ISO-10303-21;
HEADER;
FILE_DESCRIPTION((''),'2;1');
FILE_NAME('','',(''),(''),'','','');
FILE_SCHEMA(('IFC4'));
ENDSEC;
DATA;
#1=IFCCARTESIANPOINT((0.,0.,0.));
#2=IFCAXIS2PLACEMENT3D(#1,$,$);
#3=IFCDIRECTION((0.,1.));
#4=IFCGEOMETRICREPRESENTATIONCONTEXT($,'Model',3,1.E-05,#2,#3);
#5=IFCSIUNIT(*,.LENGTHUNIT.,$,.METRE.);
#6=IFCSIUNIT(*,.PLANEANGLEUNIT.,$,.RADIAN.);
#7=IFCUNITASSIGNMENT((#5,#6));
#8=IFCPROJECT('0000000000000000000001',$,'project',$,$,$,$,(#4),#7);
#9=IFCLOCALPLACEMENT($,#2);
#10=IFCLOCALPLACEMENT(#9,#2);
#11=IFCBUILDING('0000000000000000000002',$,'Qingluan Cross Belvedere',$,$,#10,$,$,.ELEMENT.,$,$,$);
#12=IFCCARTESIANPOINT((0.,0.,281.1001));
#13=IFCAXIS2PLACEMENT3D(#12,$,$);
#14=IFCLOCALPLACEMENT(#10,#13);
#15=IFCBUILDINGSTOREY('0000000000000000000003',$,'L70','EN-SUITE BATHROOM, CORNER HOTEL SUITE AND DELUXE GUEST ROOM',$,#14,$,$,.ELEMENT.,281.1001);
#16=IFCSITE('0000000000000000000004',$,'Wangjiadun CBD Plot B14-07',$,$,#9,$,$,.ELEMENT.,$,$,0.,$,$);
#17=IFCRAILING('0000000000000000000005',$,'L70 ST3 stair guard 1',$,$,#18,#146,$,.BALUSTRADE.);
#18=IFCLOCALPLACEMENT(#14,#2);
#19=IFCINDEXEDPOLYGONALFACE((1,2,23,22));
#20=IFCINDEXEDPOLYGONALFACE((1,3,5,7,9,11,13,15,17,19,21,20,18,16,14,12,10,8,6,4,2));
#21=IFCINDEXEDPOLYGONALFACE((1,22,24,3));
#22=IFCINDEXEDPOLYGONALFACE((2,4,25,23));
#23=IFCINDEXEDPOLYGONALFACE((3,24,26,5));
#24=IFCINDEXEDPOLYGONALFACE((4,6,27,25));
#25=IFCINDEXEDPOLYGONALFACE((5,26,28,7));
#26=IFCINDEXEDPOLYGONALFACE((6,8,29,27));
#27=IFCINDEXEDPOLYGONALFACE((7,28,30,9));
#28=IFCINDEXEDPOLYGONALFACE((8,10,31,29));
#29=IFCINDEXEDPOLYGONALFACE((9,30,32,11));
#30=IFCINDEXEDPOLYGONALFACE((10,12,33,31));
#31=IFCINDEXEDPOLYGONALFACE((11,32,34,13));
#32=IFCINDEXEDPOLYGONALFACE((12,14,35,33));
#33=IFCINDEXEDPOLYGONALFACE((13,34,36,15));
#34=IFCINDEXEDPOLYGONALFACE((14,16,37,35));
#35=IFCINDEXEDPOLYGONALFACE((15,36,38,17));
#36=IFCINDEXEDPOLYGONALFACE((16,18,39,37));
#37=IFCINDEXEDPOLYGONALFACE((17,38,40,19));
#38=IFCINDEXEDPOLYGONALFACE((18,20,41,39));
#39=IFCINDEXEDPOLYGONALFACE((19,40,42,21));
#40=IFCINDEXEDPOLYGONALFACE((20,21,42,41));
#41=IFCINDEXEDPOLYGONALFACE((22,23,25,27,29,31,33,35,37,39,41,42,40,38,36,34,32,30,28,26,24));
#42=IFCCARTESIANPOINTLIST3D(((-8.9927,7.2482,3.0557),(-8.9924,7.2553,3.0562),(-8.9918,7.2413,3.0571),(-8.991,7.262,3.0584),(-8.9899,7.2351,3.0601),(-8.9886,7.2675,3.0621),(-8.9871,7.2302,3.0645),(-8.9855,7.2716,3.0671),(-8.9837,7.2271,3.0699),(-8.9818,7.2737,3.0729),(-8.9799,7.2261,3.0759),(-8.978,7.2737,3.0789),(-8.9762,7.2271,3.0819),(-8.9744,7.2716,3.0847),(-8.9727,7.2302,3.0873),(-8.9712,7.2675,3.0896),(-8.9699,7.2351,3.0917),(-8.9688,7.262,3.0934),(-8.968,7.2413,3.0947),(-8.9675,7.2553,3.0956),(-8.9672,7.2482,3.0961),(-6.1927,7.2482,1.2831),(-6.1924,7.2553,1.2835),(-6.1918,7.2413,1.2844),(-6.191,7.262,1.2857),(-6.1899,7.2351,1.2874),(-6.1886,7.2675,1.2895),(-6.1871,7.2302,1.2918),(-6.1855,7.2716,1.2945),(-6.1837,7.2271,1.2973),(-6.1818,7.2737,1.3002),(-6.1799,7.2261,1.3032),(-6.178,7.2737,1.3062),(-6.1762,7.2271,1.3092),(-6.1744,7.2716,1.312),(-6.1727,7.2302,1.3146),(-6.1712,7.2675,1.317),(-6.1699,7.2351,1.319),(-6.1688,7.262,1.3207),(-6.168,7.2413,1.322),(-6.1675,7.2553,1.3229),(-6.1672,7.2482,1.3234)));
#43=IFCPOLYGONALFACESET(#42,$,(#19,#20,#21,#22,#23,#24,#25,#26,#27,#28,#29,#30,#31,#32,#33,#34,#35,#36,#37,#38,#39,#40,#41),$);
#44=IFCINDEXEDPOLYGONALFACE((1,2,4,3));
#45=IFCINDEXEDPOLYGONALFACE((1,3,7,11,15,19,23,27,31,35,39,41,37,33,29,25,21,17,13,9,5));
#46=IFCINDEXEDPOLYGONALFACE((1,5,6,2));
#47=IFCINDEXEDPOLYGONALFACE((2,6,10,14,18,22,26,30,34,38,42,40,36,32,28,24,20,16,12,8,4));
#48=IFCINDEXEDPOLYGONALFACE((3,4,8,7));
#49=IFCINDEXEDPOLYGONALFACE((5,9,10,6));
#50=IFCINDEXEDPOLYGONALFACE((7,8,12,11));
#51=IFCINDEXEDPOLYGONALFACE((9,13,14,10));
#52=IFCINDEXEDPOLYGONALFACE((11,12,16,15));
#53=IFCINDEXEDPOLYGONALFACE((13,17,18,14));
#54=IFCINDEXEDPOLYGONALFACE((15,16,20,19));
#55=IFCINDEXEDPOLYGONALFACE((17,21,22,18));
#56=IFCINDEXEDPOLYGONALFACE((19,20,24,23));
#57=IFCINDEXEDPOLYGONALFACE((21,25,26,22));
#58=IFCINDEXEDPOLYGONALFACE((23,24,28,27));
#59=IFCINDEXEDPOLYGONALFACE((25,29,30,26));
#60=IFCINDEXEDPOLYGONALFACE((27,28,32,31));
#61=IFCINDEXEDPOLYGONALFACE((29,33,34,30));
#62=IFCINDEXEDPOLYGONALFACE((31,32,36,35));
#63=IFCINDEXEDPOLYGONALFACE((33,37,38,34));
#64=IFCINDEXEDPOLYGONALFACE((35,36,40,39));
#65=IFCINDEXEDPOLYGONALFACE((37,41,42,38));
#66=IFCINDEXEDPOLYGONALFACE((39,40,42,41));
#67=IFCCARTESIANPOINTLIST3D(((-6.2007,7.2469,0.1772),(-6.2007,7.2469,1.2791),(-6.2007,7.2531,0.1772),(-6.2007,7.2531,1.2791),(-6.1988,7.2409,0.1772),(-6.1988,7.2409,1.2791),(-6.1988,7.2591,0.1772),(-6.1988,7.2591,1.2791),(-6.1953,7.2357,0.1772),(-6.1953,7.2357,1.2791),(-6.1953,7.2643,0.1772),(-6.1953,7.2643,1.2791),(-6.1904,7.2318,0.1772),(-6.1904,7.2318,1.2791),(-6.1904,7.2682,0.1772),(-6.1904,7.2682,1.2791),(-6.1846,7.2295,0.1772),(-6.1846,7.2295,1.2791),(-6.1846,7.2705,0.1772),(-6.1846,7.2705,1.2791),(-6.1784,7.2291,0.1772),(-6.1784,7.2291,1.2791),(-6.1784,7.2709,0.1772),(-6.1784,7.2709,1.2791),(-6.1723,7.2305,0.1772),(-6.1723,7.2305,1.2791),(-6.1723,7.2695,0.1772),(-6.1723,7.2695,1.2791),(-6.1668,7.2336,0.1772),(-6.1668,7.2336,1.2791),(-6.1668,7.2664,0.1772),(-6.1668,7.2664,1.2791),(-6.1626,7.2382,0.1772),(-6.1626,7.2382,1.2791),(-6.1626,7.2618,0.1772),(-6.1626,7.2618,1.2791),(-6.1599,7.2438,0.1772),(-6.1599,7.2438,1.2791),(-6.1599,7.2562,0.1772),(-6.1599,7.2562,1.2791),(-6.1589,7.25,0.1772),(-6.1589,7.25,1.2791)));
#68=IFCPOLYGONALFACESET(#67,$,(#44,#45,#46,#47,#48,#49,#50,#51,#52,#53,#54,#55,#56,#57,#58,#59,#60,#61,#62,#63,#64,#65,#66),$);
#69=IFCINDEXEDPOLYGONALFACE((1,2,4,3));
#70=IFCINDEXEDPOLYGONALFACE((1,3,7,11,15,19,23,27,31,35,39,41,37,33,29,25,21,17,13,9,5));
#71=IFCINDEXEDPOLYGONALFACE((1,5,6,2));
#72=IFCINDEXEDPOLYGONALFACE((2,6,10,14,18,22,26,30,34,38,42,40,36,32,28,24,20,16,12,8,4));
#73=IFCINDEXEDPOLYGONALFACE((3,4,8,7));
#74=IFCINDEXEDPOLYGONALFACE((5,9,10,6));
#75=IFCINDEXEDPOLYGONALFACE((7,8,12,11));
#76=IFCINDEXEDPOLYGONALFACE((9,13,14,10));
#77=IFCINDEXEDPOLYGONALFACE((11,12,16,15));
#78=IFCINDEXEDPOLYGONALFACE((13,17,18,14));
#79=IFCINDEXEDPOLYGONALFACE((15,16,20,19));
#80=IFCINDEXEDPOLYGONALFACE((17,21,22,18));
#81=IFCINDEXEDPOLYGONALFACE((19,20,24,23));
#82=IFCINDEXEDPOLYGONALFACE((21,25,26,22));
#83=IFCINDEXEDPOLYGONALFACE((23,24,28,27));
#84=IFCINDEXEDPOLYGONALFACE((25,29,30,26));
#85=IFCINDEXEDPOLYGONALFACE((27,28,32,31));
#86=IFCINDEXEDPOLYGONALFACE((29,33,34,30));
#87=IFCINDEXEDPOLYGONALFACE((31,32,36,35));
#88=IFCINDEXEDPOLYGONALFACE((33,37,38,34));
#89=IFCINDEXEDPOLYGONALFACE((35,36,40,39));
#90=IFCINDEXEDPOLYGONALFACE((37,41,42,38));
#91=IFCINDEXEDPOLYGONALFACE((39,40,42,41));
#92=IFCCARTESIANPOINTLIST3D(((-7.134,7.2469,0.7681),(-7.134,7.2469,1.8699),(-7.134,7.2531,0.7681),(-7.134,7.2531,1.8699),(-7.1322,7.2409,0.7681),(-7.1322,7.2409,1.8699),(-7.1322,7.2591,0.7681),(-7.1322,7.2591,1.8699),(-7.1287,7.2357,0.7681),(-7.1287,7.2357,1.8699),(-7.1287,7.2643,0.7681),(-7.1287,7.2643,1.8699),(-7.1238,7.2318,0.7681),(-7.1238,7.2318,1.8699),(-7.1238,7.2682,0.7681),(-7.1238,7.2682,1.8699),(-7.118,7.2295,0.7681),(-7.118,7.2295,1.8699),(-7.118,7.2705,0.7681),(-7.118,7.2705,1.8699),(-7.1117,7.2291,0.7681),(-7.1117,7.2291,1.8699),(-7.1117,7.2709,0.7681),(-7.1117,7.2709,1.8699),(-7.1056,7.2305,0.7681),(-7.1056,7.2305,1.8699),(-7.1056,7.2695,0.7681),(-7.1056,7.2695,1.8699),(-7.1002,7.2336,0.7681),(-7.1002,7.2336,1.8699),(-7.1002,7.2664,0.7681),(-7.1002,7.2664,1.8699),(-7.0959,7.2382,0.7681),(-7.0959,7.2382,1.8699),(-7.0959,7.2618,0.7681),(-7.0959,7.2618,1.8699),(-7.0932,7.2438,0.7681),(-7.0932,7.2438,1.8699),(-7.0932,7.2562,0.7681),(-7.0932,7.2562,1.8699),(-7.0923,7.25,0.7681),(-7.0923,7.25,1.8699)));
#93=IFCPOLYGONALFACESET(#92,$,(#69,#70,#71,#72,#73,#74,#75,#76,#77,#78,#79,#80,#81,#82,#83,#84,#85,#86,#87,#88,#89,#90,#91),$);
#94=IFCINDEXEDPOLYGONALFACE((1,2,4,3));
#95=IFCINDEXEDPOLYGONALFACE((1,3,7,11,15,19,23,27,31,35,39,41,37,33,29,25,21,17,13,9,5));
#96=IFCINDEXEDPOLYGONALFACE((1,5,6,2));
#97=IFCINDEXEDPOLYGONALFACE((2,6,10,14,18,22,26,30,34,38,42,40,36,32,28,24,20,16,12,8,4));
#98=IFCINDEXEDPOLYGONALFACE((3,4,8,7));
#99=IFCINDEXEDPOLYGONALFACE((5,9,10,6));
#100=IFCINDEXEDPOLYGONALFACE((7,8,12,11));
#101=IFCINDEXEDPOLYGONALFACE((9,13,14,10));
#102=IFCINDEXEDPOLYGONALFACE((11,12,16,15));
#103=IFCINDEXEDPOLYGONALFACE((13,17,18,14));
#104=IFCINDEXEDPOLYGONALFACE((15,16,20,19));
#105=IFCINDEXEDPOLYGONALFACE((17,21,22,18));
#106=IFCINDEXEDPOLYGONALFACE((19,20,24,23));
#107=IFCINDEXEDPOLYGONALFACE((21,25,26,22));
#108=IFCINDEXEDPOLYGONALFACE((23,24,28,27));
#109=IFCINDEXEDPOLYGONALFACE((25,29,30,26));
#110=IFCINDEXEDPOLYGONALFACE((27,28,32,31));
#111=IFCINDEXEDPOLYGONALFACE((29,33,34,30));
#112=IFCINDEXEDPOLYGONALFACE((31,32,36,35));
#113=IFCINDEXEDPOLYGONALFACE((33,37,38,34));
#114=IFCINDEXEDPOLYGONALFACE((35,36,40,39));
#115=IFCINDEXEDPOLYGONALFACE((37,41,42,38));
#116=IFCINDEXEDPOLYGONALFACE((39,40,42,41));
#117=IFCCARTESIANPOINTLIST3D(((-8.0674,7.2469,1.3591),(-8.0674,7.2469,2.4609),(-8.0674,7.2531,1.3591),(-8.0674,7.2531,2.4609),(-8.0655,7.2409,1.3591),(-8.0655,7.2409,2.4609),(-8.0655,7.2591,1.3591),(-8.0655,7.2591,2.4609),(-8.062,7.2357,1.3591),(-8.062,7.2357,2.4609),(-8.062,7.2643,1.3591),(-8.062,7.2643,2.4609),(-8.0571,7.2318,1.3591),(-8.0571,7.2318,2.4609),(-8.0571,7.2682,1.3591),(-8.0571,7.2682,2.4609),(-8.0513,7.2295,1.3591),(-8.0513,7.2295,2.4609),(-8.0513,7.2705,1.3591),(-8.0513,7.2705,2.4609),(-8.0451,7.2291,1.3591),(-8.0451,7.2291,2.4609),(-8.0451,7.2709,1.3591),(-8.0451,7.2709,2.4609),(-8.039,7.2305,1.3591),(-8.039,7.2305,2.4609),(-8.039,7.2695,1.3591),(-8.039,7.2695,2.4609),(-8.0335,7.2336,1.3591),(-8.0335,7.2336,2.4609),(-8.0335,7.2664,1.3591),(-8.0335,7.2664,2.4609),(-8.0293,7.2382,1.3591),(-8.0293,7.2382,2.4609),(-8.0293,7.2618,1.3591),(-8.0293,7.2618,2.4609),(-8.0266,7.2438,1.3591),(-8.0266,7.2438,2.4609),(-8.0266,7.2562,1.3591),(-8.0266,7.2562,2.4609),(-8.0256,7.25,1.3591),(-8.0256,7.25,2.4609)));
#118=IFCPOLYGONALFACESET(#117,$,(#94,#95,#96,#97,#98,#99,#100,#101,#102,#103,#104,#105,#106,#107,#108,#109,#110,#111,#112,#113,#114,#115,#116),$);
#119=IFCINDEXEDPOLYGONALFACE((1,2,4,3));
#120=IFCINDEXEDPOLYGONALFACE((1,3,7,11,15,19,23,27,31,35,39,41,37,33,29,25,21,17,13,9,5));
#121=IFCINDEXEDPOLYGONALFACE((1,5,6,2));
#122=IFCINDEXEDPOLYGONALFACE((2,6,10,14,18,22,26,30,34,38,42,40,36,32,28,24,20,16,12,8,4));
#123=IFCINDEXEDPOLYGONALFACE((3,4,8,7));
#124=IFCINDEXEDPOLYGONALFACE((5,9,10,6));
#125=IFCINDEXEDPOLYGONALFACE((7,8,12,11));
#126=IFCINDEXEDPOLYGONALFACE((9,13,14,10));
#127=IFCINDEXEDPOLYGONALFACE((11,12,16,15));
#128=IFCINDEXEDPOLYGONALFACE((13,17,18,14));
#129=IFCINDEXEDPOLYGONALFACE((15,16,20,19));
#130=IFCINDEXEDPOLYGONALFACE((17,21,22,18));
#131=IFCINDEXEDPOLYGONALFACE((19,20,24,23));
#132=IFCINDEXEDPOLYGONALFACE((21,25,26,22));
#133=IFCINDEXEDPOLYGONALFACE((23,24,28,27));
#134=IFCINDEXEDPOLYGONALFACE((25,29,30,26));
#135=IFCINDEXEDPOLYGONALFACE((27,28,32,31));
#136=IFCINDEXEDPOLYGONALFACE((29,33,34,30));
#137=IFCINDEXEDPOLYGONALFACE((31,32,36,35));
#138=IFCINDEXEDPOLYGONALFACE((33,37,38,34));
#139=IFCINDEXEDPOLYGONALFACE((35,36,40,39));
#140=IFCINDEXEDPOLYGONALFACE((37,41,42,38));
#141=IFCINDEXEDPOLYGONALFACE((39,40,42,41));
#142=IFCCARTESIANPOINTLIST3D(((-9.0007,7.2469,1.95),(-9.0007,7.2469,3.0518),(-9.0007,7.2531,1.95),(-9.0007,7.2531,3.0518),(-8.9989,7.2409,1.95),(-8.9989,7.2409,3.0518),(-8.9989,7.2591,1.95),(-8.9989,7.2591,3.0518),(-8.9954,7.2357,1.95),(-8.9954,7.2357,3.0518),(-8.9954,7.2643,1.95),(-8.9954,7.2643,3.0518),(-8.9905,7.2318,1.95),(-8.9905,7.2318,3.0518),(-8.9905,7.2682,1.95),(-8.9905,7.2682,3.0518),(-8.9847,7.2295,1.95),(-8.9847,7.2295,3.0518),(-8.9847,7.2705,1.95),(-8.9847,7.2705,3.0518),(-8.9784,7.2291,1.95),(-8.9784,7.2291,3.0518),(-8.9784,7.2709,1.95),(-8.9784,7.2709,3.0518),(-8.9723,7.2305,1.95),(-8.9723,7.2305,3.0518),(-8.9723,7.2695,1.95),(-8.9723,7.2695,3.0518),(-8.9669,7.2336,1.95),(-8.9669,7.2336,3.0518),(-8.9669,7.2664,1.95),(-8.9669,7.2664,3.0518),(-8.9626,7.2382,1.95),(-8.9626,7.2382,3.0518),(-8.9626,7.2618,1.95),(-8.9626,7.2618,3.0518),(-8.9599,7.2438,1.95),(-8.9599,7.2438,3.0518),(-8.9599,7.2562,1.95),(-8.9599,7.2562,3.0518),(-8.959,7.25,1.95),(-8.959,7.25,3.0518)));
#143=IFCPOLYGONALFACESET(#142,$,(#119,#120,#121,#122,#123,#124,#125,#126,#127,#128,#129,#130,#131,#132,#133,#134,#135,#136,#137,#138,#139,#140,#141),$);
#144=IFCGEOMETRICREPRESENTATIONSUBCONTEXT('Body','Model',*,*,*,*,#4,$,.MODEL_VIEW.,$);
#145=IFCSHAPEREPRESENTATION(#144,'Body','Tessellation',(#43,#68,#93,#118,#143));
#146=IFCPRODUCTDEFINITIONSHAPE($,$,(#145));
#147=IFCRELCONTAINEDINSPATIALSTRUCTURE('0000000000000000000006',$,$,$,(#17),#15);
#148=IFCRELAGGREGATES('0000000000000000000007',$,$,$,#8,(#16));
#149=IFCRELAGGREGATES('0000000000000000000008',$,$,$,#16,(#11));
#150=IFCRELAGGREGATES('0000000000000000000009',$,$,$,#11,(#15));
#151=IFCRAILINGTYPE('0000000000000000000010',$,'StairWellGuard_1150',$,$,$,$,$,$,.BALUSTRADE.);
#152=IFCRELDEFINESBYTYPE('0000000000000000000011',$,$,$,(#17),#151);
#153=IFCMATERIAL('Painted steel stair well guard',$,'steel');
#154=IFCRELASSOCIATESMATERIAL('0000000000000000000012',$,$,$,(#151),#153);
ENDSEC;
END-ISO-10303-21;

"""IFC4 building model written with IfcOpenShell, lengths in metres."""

from ifc_helpers import new_model, si_unit, direction, frame, origin, origin_2d, place, context, subcontext, project, spatial, circle, extrude, material, type_object, element, save


model = new_model("IFC4")

# Units and contexts
model_context = context("Model", 3, precision=1e-05, world=origin(), true_north=direction((0.0, 1.0)))
body_context = subcontext(model_context, "Body", "Model", "MODEL_VIEW")
ifc_project = project(units=[si_unit("LENGTHUNIT", "METRE"), si_unit("PLANEANGLEUNIT", "RADIAN")], contexts=[model_context])

# Site, building, storey
site_placement = place(None, origin())
site = spatial("IfcSite", under=ifc_project, at=site_placement, Name="Wangjiadun CBD Plot B14-07", CompositionType="ELEMENT", RefElevation=0.0)
building_placement = place(site_placement, origin())
building = spatial("IfcBuilding", under=site, at=building_placement, Name="Qingluan Cross Belvedere", CompositionType="ELEMENT")
storey_placement = place(building_placement, frame((0.0, 0.0, 281.1001)))
storey = spatial("IfcBuildingStorey", under=building, at=storey_placement, Name="L70", Description="EN-SUITE BATHROOM, CORNER HOTEL SUITE AND DELUXE GUEST ROOM", CompositionType="ELEMENT", Elevation=281.1001)

# Railing
ifc_material_1 = material(Name="Painted steel stair well guard", Category="steel")
railing_type_1 = type_object("IfcRailingType", Name="StairWellGuard_1150", PredefinedType="BALUSTRADE", material=ifc_material_1)
railing_1_placement = place(storey_placement, frame((-6.1799, 7.25, 0.1772)))
element("IfcRailing", 1, at=railing_1_placement, inside=storey, type_object=railing_type_1, Name="L70 ST3 stair guard 1", PredefinedType="BALUSTRADE", context=body_context, shape_type="SweptSolid", body=[
    extrude(circle(Radius=0.0239, at=origin_2d()), frame((0.0, 0.0, 1.126), z_axis=(-0.844909, 0.0, 0.53491), x_axis=(0.0, -1.0, 0.0)), (0.0, 0.0, 1.0), 3.314),
    extrude(circle(Radius=0.021, at=origin_2d()), origin(), (0.0, 0.0, 1.0), 1.1018),
    extrude(circle(Radius=0.021, at=origin_2d()), frame((-0.9333, 0.0, 0.5908)), (0.0, 0.0, 1.0), 1.1018),
    extrude(circle(Radius=0.021, at=origin_2d()), frame((-1.8667, 0.0, 1.1819)), (0.0, 0.0, 1.0), 1.1018),
    extrude(circle(Radius=0.021, at=origin_2d()), frame((-2.8, 0.0, 1.7727)), (0.0, 0.0, 1.0), 1.1018),
])

save(model, "model.ifc")
